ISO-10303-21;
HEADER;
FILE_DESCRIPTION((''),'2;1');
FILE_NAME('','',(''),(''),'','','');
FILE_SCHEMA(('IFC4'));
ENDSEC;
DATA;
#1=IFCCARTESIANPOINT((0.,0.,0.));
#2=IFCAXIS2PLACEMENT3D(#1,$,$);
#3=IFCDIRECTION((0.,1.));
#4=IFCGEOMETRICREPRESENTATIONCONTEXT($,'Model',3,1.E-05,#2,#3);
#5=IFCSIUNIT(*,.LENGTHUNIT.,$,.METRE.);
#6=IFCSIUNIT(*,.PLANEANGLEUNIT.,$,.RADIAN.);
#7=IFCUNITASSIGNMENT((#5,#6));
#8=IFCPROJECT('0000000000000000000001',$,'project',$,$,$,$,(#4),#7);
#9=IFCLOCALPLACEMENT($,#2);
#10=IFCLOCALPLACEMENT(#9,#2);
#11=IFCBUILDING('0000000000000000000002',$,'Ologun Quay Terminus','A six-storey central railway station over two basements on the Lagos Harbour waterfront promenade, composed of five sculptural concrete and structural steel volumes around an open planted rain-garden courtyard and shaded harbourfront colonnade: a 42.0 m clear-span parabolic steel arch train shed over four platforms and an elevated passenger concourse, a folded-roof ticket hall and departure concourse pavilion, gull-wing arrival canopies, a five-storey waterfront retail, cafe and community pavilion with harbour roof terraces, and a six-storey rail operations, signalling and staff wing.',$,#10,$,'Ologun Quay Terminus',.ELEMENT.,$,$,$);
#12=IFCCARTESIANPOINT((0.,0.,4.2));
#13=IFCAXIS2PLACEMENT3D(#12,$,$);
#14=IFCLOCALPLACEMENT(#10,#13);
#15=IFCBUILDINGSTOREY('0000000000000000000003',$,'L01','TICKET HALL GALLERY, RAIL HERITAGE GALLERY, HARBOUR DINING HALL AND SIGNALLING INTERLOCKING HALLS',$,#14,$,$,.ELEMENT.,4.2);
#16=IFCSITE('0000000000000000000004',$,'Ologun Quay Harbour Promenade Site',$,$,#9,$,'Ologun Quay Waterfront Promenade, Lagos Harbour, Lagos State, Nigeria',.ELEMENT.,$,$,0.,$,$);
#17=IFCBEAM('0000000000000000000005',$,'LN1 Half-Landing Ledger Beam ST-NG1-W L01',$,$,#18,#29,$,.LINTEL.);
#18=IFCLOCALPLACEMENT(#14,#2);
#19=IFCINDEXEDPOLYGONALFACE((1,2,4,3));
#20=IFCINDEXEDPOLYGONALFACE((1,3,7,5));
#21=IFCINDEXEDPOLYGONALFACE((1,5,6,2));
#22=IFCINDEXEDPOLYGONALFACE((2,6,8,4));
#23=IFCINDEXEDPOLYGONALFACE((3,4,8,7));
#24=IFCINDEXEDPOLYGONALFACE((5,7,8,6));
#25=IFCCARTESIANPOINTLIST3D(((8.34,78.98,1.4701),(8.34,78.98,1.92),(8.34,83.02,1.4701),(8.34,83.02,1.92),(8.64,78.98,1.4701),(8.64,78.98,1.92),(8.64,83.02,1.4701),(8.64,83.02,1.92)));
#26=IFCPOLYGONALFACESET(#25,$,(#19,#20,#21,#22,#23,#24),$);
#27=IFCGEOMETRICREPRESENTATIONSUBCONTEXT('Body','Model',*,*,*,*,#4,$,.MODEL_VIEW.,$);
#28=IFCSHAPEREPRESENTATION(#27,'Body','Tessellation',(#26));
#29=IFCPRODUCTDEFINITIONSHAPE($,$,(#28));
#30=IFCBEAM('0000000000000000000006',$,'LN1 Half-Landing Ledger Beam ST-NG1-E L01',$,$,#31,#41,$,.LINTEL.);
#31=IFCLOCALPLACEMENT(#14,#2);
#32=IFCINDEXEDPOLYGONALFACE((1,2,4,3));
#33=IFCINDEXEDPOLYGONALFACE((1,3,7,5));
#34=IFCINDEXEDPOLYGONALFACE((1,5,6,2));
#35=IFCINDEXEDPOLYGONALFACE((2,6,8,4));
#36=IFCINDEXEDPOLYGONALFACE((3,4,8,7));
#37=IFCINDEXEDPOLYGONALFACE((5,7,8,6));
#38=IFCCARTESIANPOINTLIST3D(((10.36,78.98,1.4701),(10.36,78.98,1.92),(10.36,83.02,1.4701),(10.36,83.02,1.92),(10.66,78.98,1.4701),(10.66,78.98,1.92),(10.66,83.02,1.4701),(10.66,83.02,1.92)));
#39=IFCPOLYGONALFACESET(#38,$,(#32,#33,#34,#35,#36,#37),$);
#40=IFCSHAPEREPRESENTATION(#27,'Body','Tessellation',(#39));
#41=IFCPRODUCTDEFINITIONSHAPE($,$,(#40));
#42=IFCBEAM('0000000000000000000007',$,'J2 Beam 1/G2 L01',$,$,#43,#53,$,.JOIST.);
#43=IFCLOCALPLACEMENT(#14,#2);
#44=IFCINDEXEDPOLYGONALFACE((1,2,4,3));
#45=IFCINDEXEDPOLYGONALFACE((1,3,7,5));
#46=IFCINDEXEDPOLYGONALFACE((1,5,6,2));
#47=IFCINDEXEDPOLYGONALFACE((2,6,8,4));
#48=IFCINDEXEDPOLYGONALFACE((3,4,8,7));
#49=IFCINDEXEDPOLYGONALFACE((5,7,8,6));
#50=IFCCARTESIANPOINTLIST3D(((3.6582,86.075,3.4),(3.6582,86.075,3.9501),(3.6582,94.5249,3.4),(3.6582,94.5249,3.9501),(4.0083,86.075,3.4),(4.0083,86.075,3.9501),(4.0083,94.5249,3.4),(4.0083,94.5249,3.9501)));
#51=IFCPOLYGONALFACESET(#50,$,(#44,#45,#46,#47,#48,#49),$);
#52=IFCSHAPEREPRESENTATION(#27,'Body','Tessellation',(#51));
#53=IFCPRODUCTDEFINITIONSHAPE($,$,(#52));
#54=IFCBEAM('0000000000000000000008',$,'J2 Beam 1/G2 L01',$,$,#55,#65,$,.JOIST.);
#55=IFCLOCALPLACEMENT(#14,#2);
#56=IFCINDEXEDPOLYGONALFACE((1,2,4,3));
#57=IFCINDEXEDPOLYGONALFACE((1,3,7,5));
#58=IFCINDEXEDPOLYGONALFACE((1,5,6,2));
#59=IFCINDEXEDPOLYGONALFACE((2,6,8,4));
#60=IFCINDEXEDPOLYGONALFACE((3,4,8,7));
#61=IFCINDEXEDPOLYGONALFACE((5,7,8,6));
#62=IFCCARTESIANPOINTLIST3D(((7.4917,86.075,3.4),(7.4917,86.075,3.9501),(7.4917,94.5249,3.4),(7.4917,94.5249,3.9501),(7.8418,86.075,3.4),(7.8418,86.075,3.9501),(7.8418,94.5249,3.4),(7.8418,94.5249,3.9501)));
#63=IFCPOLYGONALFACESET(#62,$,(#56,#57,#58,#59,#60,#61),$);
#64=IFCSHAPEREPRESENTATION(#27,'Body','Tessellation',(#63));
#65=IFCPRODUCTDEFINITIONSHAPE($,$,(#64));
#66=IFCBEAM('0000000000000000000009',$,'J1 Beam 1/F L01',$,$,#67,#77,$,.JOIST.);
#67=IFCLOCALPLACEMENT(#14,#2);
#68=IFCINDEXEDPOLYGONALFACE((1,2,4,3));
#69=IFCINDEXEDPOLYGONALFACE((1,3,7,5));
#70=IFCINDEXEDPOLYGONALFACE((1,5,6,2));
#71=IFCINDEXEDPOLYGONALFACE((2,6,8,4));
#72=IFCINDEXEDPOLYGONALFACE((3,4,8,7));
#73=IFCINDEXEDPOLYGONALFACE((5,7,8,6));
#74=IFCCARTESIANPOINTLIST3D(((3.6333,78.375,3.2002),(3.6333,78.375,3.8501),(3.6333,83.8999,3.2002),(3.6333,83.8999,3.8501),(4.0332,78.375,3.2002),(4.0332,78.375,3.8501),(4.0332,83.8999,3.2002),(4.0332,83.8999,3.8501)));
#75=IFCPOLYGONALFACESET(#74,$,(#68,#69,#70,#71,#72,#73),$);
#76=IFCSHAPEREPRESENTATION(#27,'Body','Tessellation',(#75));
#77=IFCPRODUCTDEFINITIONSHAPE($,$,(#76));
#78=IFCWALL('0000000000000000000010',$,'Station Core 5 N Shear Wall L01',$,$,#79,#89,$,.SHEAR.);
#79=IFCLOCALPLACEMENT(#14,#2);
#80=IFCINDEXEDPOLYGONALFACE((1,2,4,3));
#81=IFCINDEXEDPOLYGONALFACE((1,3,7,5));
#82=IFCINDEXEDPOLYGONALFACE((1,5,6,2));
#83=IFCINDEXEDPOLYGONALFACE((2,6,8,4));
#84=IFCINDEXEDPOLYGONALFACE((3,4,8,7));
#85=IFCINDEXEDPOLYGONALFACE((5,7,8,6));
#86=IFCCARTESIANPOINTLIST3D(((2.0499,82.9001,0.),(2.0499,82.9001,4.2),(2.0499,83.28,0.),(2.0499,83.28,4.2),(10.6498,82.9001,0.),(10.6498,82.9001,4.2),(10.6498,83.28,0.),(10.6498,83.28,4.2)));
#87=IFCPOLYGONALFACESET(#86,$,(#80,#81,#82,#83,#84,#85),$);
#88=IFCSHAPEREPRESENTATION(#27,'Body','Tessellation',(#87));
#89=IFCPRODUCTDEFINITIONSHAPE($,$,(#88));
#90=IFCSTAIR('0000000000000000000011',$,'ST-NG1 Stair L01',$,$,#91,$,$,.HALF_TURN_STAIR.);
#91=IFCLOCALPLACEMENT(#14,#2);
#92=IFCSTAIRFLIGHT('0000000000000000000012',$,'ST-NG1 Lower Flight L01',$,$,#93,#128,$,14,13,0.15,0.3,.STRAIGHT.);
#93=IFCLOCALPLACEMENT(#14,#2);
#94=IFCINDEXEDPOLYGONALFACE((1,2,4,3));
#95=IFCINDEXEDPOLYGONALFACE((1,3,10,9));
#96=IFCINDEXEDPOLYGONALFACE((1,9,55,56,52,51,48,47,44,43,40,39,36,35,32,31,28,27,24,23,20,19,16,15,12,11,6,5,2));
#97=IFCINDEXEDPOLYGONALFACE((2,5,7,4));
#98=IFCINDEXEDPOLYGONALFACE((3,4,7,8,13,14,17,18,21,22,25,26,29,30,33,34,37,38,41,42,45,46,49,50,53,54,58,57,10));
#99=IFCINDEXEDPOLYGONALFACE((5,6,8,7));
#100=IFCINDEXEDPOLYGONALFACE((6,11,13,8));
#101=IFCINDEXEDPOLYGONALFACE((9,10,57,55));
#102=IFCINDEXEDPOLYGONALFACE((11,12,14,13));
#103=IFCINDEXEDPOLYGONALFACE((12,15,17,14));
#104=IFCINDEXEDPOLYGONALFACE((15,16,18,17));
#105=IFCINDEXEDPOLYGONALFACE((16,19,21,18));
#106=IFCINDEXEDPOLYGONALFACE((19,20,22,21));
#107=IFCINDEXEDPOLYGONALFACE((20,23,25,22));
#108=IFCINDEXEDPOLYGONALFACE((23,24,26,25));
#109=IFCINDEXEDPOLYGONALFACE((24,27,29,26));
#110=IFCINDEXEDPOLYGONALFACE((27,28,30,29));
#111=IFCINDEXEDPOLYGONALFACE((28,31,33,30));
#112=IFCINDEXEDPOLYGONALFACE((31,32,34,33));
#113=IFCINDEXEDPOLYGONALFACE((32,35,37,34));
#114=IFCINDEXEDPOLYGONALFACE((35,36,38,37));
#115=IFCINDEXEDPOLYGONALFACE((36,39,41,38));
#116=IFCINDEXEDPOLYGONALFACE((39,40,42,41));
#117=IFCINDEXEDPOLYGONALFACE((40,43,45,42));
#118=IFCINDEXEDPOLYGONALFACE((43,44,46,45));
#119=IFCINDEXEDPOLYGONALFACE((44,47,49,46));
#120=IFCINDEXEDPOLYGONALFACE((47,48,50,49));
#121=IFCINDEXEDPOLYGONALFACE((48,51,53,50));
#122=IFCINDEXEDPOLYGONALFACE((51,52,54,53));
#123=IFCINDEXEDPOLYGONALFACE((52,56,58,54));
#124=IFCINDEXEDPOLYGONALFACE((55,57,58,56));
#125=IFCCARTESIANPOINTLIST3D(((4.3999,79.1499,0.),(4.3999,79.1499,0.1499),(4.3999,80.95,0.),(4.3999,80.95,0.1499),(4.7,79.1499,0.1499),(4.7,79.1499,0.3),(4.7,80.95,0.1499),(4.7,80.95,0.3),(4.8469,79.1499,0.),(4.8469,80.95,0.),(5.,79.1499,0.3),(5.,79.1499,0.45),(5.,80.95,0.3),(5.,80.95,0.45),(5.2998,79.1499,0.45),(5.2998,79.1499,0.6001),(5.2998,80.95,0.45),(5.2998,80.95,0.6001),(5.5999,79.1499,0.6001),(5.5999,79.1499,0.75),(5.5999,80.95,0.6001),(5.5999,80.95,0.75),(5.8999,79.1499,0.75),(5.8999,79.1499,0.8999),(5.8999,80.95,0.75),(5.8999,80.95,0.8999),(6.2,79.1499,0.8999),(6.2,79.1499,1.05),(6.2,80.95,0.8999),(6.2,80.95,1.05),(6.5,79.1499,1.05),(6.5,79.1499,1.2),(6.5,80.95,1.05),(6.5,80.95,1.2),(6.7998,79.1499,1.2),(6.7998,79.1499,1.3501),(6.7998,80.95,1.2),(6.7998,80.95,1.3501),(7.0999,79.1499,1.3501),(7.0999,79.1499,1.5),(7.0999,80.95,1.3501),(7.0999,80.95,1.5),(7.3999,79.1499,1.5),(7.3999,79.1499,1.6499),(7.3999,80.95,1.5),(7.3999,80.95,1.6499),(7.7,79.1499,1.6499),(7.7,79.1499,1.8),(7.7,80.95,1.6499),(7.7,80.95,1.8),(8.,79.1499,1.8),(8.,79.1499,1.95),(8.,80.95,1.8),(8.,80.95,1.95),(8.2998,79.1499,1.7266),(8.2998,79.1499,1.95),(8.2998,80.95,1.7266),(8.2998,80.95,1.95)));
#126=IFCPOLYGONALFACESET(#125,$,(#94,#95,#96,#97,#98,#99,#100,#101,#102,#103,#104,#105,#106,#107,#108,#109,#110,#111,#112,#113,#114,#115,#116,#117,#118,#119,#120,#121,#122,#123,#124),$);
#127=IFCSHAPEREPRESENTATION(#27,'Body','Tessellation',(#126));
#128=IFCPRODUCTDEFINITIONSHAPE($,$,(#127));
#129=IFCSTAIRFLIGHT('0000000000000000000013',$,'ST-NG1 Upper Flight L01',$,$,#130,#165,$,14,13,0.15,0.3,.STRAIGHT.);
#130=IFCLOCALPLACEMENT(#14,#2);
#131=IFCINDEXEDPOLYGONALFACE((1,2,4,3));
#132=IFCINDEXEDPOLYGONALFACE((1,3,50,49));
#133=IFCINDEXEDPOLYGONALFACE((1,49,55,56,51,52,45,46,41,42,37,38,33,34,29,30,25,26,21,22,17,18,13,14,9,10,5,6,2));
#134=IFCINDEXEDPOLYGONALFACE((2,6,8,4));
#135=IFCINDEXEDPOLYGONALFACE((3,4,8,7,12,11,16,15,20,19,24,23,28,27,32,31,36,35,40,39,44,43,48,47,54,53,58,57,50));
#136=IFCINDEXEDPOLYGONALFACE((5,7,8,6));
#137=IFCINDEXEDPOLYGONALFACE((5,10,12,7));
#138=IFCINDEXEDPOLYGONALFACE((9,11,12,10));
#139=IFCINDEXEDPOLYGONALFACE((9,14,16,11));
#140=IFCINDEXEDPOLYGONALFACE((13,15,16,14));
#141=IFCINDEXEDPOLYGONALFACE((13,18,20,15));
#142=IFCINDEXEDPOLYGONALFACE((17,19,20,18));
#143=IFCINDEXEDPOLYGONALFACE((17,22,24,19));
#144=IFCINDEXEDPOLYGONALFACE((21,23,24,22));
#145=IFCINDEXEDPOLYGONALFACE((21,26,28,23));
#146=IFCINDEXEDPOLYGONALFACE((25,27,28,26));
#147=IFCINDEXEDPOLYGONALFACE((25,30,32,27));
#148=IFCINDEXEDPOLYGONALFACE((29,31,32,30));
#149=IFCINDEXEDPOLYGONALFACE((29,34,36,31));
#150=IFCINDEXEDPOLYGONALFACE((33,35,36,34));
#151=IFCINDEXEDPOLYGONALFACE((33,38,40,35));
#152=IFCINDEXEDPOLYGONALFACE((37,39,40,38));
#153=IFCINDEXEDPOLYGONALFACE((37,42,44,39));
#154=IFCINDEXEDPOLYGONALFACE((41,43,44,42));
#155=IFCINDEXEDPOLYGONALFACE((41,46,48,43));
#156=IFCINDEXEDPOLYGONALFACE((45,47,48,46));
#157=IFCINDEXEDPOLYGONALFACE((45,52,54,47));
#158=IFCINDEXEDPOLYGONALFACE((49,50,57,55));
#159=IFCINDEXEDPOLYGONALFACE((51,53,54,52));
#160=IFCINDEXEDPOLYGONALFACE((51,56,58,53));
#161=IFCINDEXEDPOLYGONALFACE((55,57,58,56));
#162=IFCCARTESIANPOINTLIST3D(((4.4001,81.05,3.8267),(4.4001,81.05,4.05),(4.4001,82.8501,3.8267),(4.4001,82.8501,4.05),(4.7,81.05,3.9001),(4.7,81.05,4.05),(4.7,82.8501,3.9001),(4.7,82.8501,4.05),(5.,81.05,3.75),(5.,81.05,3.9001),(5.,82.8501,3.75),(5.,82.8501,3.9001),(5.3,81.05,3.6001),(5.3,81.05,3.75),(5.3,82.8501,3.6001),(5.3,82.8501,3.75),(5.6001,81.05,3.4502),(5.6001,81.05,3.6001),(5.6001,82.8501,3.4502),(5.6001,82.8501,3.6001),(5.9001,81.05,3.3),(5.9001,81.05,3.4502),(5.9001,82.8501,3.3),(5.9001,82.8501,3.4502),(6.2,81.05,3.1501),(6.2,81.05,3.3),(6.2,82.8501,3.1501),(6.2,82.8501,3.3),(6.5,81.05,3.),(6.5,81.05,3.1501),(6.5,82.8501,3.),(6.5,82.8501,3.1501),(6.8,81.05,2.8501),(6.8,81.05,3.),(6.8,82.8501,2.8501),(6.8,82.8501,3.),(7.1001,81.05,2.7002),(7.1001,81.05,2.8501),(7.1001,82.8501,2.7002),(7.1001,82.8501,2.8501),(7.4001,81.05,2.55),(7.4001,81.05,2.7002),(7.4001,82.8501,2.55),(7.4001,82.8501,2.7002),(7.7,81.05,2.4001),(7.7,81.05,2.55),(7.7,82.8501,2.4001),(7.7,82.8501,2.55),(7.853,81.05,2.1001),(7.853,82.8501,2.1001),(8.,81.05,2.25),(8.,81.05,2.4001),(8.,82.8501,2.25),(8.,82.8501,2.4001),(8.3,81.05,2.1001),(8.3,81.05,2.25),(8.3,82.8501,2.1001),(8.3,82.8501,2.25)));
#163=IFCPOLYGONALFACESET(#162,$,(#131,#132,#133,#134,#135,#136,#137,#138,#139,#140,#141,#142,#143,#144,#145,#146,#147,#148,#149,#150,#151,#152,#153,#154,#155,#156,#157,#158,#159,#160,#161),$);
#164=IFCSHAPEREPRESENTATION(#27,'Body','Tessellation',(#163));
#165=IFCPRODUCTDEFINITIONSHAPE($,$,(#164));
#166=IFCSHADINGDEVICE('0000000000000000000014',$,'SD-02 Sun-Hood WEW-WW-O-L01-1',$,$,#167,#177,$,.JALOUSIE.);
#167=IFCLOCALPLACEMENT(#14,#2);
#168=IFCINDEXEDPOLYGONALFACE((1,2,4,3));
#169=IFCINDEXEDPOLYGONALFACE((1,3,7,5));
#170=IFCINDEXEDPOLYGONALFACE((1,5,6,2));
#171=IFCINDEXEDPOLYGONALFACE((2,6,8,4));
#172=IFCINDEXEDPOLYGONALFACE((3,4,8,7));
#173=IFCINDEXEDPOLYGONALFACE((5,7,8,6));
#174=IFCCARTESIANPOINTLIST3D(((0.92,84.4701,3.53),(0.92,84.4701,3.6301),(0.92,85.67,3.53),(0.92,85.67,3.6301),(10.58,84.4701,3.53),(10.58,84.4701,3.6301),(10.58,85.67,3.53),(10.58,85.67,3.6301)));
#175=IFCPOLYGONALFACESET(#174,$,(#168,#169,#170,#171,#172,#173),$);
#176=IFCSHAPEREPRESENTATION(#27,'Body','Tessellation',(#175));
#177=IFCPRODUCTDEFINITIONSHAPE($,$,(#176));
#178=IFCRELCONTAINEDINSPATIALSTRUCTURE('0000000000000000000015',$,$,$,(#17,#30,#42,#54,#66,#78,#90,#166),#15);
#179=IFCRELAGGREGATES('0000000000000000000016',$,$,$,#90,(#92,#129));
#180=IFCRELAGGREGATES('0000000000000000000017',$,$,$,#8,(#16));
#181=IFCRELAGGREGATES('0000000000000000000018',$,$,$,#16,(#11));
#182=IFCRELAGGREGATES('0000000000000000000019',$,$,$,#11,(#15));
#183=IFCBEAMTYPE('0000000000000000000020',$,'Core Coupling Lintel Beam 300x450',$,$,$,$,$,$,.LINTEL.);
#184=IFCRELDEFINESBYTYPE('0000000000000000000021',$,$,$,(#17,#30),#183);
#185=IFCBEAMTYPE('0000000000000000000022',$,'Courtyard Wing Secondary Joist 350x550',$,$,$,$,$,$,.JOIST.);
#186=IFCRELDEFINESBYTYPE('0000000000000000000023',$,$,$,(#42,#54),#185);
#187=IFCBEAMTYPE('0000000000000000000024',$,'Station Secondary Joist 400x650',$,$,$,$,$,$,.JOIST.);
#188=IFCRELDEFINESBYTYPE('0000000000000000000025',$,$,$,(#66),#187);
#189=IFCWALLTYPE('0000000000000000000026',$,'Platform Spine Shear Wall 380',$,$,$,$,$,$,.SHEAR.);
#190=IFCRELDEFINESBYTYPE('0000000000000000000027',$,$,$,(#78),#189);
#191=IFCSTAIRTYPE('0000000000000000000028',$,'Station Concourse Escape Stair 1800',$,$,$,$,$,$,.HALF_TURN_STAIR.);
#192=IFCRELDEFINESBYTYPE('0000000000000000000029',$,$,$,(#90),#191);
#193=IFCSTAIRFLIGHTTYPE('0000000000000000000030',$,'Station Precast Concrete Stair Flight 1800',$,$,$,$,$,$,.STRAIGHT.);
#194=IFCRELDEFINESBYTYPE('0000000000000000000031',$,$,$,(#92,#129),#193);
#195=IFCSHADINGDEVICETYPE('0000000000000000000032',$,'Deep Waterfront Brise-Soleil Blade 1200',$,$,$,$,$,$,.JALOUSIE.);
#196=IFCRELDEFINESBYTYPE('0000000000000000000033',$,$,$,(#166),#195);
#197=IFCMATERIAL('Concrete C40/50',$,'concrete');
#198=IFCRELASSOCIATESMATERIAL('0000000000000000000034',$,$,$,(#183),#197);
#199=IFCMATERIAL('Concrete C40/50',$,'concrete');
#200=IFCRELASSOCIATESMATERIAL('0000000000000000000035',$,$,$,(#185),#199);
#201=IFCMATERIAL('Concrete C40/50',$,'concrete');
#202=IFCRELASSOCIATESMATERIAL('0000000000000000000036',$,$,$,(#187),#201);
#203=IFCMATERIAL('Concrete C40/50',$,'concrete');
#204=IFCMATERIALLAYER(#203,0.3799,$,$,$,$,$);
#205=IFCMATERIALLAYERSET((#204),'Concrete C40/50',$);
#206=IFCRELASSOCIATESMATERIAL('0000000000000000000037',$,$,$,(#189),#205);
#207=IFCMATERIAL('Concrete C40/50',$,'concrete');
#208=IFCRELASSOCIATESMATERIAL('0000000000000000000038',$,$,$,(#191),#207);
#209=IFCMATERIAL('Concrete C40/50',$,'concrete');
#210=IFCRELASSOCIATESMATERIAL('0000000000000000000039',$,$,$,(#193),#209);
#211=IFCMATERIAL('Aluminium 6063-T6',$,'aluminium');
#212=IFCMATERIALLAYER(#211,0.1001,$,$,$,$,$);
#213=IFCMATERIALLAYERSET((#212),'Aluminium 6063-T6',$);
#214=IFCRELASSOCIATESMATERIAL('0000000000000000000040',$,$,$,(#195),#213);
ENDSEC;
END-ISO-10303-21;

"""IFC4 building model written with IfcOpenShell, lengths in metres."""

from ifc_helpers import new_model, si_unit, direction, frame, frame_2d, origin, origin_2d, place, context, subcontext, project, spatial, polyline, rectangle, outline, extrude, material, layer, layer_set, material_profile, profile_set, type_object, element, aggregate, save


model = new_model("IFC4")

# Units and contexts
model_context = context("Model", 3, precision=1e-05, world=origin(), true_north=direction((0.0, 1.0)))
body_context = subcontext(model_context, "Body", "Model", "MODEL_VIEW")
ifc_project = project(units=[si_unit("LENGTHUNIT", "METRE"), si_unit("PLANEANGLEUNIT", "RADIAN")], contexts=[model_context])

# Site, building, storey
site_placement = place(None, origin())
site = spatial("IfcSite", under=ifc_project, at=site_placement, Name="Ologun Quay Harbour Promenade Site", LongName="Ologun Quay Waterfront Promenade, Lagos Harbour, Lagos State, Nigeria", CompositionType="ELEMENT", RefElevation=0.0)
building_placement = place(site_placement, origin())
building = spatial("IfcBuilding", under=site, at=building_placement, Name="Ologun Quay Terminus", Description="A six-storey central railway station over two basements on the Lagos Harbour waterfront promenade, composed of five sculptural concrete and structural steel volumes around an open planted rain-garden courtyard and shaded harbourfront colonnade: a 42.0 m clear-span parabolic steel arch train shed over four platforms and an elevated passenger concourse, a folded-roof ticket hall and departure concourse pavilion, gull-wing arrival canopies, a five-storey waterfront retail, cafe and community pavilion with harbour roof terraces, and a six-storey rail operations, signalling and staff wing.", LongName="Ologun Quay Terminus", CompositionType="ELEMENT")
storey_placement = place(building_placement, frame((0.0, 0.0, 4.2)))
storey = spatial("IfcBuildingStorey", under=building, at=storey_placement, Name="L01", Description="TICKET HALL GALLERY, RAIL HERITAGE GALLERY, HARBOUR DINING HALL AND SIGNALLING INTERLOCKING HALLS", CompositionType="ELEMENT", Elevation=4.2)

# Beams
ifc_material_1 = material(Name="Concrete C40/50", Category="concrete")
ifc_material_profile_1 = material_profile(ifc_material_1, rectangle(XDim=0.3, YDim=0.45, at=origin_2d()), Name="RC 300x450")
ifc_profile_set_1 = profile_set([ifc_material_profile_1], Name="Concrete C40/50")
beam_type_1 = type_object("IfcBeamType", Name="Core Coupling Lintel Beam 300x450", PredefinedType="LINTEL", material=ifc_profile_set_1)
for number, where, z_axis, x_axis, name in (
    (1, (8.49, 78.98, 1.6951), (0.0, 1.0, 0.0), (-1.0, 0.0, 0.0), "LN1 Half-Landing Ledger Beam ST-NG1-W L01"),
    (2, (10.51, 78.98, 1.6951), (0.0, 1.0, 0.0), (-1.0, 0.0, 0.0), "LN1 Half-Landing Ledger Beam ST-NG1-E L01"),
):
    element("IfcBeam", number, at=place(storey_placement, frame(where, z_axis=z_axis, x_axis=x_axis)), inside=storey, type_object=beam_type_1, Name=name, PredefinedType="LINTEL", context=body_context, shape_type="SweptSolid", body=[
        extrude(rectangle(XDim=0.3, YDim=0.45, at=origin_2d()), origin(), (0.0, 0.0, 1.0), 4.04),
    ])
ifc_material_2 = material(Name="Concrete C40/50", Category="concrete")
ifc_material_profile_2 = material_profile(ifc_material_2, rectangle(XDim=0.3501, YDim=0.55, at=origin_2d()), Name="RC 350x550")
ifc_profile_set_2 = profile_set([ifc_material_profile_2], Name="Concrete C40/50")
beam_type_2 = type_object("IfcBeamType", Name="Courtyard Wing Secondary Joist 350x550", PredefinedType="JOIST", material=ifc_profile_set_2)
for number, where, z_axis, x_axis, name in (
    (3, (3.8333, 86.075, 3.675), (0.0, 1.0, 0.0), (-1.0, 0.0, 0.0), "J2 Beam 1/G2 L01"),
    (4, (7.6667, 86.075, 3.675), (0.0, 1.0, 0.0), (-1.0, 0.0, 0.0), "J2 Beam 1/G2 L01"),
):
    element("IfcBeam", number, at=place(storey_placement, frame(where, z_axis=z_axis, x_axis=x_axis)), inside=storey, type_object=beam_type_2, Name=name, PredefinedType="JOIST", context=body_context, shape_type="SweptSolid", body=[
        extrude(rectangle(XDim=0.3501, YDim=0.55, at=origin_2d()), origin(), (0.0, 0.0, 1.0), 8.45),
    ])
ifc_material_3 = material(Name="Concrete C40/50", Category="concrete")
ifc_material_profile_3 = material_profile(ifc_material_3, rectangle(XDim=0.3999, YDim=0.6499, at=origin_2d()), Name="RC 400x650")
ifc_profile_set_3 = profile_set([ifc_material_profile_3], Name="Concrete C40/50")
beam_type_3 = type_object("IfcBeamType", Name="Station Secondary Joist 400x650", PredefinedType="JOIST", material=ifc_profile_set_3)
beam_placement = place(storey_placement, frame((3.8333, 78.375, 3.5251), z_axis=(0.0, 1.0, 0.0), x_axis=(-1.0, 0.0, 0.0)))
element("IfcBeam", 5, at=beam_placement, inside=storey, type_object=beam_type_3, Name="J1 Beam 1/F L01", PredefinedType="JOIST", context=body_context, shape_type="SweptSolid", body=[
    extrude(rectangle(XDim=0.3999, YDim=0.6499, at=origin_2d()), origin(), (0.0, 0.0, 1.0), 5.5249),
])

# Wall
ifc_material_4 = material(Name="Concrete C40/50", Category="concrete")
ifc_layer_1 = layer(ifc_material_4, 0.3799)
ifc_layer_set_1 = layer_set([ifc_layer_1], Name="Concrete C40/50")
wall_type = type_object("IfcWallType", Name="Platform Spine Shear Wall 380", PredefinedType="SHEAR", material=ifc_layer_set_1)
wall_placement = place(storey_placement, frame((2.05, 83.0901, 0.0), z_axis=(0.0, 0.0, 1.0), x_axis=(1.0, 0.0, 0.0)))
element("IfcWall", 6, at=wall_placement, inside=storey, type_object=wall_type, Name="Station Core 5 N Shear Wall L01", PredefinedType="SHEAR", context=body_context, shape_type="SweptSolid", body=[
    extrude(rectangle(XDim=8.5999, YDim=0.3799, at=frame_2d((4.2998, 0.0))), origin(), (0.0, 0.0, 1.0), 4.2),
])

# Stair, stair flights
ifc_material_5 = material(Name="Concrete C40/50", Category="concrete")
stair_type = type_object("IfcStairType", Name="Station Concourse Escape Stair 1800", PredefinedType="HALF_TURN_STAIR", material=ifc_material_5)
stair_placement = place(storey_placement, origin())
stair = element("IfcStair", 7, at=stair_placement, inside=storey, type_object=stair_type, Name="ST-NG1 Stair L01", PredefinedType="HALF_TURN_STAIR")
ifc_material_6 = material(Name="Concrete C40/50", Category="concrete")
stair_flight_type = type_object("IfcStairFlightType", Name="Station Precast Concrete Stair Flight 1800", PredefinedType="STRAIGHT", material=ifc_material_6)
stair_flight_1_placement = place(storey_placement, frame((4.3999, 80.05, 0.0), z_axis=(0.0, 0.0, 1.0), x_axis=(1.0, 0.0, 0.0)))
stair_flight_1 = element("IfcStairFlight", 8, at=stair_flight_1_placement, type_object=stair_flight_type, Name="ST-NG1 Lower Flight L01", NumberOfRisers=14, NumberOfTreads=13, PredefinedType="STRAIGHT", RiserHeight=0.15, TreadLength=0.3, context=body_context, shape_type="SweptSolid", body=[
    extrude(outline(polyline([(0.0, 0.0), (0.0, 0.1499), (0.3, 0.1499), (0.3, 0.3), (0.6001, 0.3), (0.6001, 0.45), (0.8999, 0.45), (0.8999, 0.6001), (1.2, 0.6001), (1.2, 0.75), (1.5, 0.75), (1.5, 0.8999), (1.8, 0.8999), (1.8, 1.05), (2.1001, 1.05), (2.1001, 1.2), (2.3999, 1.2), (2.3999, 1.3501), (2.7, 1.3501), (2.7, 1.5), (3.0, 1.5), (3.0, 1.6499), (3.3, 1.6499), (3.3, 1.8), (3.6001, 1.8), (3.6001, 1.95), (3.8999, 1.95), (3.8999, 2.1001), (3.8999, 1.7266), (0.447, 0.0), (0.0, 0.0)])), frame((0.0, 0.8999, 0.0), z_axis=(0.0, -1.0, 0.0), x_axis=(1.0, 0.0, 0.0)), (0.0, 0.0, 1.0), 1.8),
])
stair_flight_2_placement = place(storey_placement, frame((8.3, 81.95, 2.1001), z_axis=(0.0, 0.0, 1.0), x_axis=(-1.0, 0.0, 0.0)))
stair_flight_2 = element("IfcStairFlight", 9, at=stair_flight_2_placement, type_object=stair_flight_type, Name="ST-NG1 Upper Flight L01", NumberOfRisers=14, NumberOfTreads=13, PredefinedType="STRAIGHT", RiserHeight=0.15, TreadLength=0.3, context=body_context, shape_type="SweptSolid", body=[
    extrude(outline(polyline([(0.0, 0.0), (0.0, 0.1499), (0.3, 0.1499), (0.3, 0.3), (0.6001, 0.3), (0.6001, 0.45), (0.8999, 0.45), (0.8999, 0.6001), (1.2, 0.6001), (1.2, 0.75), (1.5, 0.75), (1.5, 0.8999), (1.8, 0.8999), (1.8, 1.05), (2.1001, 1.05), (2.1001, 1.2), (2.3999, 1.2), (2.3999, 1.3501), (2.7, 1.3501), (2.7, 1.5), (3.0, 1.5), (3.0, 1.6499), (3.3, 1.6499), (3.3, 1.8), (3.6001, 1.8), (3.6001, 1.95), (3.8999, 1.95), (3.8999, 2.1001), (3.8999, 1.7266), (0.447, 0.0), (0.0, 0.0)])), frame((0.0, 0.8999, 0.0), z_axis=(0.0, -1.0, 0.0), x_axis=(1.0, 0.0, 0.0)), (0.0, 0.0, 1.0), 1.8),
])
aggregate(stair, [stair_flight_1, stair_flight_2])

# Shading device
ifc_material_7 = material(Name="Aluminium 6063-T6", Category="aluminium")
ifc_layer_2 = layer(ifc_material_7, 0.1001)
ifc_layer_set_2 = layer_set([ifc_layer_2], Name="Aluminium 6063-T6")
shading_device_type_1 = type_object("IfcShadingDeviceType", Name="Deep Waterfront Brise-Soleil Blade 1200", PredefinedType="JALOUSIE", material=ifc_layer_set_2)
shading_device_1_placement = place(storey_placement, frame((5.75, 85.0701, 3.53), z_axis=(0.0, 0.0, 1.0), x_axis=(1.0, 0.0, 0.0)))
element("IfcShadingDevice", 10, at=shading_device_1_placement, inside=storey, type_object=shading_device_type_1, Name="SD-02 Sun-Hood WEW-WW-O-L01-1", PredefinedType="JALOUSIE", context=body_context, shape_type="SweptSolid", body=[
    extrude(rectangle(XDim=9.6599, YDim=1.2, at=origin_2d()), origin(), (0.0, 0.0, 1.0), 0.1001),
])

save(model, "model.ifc")
